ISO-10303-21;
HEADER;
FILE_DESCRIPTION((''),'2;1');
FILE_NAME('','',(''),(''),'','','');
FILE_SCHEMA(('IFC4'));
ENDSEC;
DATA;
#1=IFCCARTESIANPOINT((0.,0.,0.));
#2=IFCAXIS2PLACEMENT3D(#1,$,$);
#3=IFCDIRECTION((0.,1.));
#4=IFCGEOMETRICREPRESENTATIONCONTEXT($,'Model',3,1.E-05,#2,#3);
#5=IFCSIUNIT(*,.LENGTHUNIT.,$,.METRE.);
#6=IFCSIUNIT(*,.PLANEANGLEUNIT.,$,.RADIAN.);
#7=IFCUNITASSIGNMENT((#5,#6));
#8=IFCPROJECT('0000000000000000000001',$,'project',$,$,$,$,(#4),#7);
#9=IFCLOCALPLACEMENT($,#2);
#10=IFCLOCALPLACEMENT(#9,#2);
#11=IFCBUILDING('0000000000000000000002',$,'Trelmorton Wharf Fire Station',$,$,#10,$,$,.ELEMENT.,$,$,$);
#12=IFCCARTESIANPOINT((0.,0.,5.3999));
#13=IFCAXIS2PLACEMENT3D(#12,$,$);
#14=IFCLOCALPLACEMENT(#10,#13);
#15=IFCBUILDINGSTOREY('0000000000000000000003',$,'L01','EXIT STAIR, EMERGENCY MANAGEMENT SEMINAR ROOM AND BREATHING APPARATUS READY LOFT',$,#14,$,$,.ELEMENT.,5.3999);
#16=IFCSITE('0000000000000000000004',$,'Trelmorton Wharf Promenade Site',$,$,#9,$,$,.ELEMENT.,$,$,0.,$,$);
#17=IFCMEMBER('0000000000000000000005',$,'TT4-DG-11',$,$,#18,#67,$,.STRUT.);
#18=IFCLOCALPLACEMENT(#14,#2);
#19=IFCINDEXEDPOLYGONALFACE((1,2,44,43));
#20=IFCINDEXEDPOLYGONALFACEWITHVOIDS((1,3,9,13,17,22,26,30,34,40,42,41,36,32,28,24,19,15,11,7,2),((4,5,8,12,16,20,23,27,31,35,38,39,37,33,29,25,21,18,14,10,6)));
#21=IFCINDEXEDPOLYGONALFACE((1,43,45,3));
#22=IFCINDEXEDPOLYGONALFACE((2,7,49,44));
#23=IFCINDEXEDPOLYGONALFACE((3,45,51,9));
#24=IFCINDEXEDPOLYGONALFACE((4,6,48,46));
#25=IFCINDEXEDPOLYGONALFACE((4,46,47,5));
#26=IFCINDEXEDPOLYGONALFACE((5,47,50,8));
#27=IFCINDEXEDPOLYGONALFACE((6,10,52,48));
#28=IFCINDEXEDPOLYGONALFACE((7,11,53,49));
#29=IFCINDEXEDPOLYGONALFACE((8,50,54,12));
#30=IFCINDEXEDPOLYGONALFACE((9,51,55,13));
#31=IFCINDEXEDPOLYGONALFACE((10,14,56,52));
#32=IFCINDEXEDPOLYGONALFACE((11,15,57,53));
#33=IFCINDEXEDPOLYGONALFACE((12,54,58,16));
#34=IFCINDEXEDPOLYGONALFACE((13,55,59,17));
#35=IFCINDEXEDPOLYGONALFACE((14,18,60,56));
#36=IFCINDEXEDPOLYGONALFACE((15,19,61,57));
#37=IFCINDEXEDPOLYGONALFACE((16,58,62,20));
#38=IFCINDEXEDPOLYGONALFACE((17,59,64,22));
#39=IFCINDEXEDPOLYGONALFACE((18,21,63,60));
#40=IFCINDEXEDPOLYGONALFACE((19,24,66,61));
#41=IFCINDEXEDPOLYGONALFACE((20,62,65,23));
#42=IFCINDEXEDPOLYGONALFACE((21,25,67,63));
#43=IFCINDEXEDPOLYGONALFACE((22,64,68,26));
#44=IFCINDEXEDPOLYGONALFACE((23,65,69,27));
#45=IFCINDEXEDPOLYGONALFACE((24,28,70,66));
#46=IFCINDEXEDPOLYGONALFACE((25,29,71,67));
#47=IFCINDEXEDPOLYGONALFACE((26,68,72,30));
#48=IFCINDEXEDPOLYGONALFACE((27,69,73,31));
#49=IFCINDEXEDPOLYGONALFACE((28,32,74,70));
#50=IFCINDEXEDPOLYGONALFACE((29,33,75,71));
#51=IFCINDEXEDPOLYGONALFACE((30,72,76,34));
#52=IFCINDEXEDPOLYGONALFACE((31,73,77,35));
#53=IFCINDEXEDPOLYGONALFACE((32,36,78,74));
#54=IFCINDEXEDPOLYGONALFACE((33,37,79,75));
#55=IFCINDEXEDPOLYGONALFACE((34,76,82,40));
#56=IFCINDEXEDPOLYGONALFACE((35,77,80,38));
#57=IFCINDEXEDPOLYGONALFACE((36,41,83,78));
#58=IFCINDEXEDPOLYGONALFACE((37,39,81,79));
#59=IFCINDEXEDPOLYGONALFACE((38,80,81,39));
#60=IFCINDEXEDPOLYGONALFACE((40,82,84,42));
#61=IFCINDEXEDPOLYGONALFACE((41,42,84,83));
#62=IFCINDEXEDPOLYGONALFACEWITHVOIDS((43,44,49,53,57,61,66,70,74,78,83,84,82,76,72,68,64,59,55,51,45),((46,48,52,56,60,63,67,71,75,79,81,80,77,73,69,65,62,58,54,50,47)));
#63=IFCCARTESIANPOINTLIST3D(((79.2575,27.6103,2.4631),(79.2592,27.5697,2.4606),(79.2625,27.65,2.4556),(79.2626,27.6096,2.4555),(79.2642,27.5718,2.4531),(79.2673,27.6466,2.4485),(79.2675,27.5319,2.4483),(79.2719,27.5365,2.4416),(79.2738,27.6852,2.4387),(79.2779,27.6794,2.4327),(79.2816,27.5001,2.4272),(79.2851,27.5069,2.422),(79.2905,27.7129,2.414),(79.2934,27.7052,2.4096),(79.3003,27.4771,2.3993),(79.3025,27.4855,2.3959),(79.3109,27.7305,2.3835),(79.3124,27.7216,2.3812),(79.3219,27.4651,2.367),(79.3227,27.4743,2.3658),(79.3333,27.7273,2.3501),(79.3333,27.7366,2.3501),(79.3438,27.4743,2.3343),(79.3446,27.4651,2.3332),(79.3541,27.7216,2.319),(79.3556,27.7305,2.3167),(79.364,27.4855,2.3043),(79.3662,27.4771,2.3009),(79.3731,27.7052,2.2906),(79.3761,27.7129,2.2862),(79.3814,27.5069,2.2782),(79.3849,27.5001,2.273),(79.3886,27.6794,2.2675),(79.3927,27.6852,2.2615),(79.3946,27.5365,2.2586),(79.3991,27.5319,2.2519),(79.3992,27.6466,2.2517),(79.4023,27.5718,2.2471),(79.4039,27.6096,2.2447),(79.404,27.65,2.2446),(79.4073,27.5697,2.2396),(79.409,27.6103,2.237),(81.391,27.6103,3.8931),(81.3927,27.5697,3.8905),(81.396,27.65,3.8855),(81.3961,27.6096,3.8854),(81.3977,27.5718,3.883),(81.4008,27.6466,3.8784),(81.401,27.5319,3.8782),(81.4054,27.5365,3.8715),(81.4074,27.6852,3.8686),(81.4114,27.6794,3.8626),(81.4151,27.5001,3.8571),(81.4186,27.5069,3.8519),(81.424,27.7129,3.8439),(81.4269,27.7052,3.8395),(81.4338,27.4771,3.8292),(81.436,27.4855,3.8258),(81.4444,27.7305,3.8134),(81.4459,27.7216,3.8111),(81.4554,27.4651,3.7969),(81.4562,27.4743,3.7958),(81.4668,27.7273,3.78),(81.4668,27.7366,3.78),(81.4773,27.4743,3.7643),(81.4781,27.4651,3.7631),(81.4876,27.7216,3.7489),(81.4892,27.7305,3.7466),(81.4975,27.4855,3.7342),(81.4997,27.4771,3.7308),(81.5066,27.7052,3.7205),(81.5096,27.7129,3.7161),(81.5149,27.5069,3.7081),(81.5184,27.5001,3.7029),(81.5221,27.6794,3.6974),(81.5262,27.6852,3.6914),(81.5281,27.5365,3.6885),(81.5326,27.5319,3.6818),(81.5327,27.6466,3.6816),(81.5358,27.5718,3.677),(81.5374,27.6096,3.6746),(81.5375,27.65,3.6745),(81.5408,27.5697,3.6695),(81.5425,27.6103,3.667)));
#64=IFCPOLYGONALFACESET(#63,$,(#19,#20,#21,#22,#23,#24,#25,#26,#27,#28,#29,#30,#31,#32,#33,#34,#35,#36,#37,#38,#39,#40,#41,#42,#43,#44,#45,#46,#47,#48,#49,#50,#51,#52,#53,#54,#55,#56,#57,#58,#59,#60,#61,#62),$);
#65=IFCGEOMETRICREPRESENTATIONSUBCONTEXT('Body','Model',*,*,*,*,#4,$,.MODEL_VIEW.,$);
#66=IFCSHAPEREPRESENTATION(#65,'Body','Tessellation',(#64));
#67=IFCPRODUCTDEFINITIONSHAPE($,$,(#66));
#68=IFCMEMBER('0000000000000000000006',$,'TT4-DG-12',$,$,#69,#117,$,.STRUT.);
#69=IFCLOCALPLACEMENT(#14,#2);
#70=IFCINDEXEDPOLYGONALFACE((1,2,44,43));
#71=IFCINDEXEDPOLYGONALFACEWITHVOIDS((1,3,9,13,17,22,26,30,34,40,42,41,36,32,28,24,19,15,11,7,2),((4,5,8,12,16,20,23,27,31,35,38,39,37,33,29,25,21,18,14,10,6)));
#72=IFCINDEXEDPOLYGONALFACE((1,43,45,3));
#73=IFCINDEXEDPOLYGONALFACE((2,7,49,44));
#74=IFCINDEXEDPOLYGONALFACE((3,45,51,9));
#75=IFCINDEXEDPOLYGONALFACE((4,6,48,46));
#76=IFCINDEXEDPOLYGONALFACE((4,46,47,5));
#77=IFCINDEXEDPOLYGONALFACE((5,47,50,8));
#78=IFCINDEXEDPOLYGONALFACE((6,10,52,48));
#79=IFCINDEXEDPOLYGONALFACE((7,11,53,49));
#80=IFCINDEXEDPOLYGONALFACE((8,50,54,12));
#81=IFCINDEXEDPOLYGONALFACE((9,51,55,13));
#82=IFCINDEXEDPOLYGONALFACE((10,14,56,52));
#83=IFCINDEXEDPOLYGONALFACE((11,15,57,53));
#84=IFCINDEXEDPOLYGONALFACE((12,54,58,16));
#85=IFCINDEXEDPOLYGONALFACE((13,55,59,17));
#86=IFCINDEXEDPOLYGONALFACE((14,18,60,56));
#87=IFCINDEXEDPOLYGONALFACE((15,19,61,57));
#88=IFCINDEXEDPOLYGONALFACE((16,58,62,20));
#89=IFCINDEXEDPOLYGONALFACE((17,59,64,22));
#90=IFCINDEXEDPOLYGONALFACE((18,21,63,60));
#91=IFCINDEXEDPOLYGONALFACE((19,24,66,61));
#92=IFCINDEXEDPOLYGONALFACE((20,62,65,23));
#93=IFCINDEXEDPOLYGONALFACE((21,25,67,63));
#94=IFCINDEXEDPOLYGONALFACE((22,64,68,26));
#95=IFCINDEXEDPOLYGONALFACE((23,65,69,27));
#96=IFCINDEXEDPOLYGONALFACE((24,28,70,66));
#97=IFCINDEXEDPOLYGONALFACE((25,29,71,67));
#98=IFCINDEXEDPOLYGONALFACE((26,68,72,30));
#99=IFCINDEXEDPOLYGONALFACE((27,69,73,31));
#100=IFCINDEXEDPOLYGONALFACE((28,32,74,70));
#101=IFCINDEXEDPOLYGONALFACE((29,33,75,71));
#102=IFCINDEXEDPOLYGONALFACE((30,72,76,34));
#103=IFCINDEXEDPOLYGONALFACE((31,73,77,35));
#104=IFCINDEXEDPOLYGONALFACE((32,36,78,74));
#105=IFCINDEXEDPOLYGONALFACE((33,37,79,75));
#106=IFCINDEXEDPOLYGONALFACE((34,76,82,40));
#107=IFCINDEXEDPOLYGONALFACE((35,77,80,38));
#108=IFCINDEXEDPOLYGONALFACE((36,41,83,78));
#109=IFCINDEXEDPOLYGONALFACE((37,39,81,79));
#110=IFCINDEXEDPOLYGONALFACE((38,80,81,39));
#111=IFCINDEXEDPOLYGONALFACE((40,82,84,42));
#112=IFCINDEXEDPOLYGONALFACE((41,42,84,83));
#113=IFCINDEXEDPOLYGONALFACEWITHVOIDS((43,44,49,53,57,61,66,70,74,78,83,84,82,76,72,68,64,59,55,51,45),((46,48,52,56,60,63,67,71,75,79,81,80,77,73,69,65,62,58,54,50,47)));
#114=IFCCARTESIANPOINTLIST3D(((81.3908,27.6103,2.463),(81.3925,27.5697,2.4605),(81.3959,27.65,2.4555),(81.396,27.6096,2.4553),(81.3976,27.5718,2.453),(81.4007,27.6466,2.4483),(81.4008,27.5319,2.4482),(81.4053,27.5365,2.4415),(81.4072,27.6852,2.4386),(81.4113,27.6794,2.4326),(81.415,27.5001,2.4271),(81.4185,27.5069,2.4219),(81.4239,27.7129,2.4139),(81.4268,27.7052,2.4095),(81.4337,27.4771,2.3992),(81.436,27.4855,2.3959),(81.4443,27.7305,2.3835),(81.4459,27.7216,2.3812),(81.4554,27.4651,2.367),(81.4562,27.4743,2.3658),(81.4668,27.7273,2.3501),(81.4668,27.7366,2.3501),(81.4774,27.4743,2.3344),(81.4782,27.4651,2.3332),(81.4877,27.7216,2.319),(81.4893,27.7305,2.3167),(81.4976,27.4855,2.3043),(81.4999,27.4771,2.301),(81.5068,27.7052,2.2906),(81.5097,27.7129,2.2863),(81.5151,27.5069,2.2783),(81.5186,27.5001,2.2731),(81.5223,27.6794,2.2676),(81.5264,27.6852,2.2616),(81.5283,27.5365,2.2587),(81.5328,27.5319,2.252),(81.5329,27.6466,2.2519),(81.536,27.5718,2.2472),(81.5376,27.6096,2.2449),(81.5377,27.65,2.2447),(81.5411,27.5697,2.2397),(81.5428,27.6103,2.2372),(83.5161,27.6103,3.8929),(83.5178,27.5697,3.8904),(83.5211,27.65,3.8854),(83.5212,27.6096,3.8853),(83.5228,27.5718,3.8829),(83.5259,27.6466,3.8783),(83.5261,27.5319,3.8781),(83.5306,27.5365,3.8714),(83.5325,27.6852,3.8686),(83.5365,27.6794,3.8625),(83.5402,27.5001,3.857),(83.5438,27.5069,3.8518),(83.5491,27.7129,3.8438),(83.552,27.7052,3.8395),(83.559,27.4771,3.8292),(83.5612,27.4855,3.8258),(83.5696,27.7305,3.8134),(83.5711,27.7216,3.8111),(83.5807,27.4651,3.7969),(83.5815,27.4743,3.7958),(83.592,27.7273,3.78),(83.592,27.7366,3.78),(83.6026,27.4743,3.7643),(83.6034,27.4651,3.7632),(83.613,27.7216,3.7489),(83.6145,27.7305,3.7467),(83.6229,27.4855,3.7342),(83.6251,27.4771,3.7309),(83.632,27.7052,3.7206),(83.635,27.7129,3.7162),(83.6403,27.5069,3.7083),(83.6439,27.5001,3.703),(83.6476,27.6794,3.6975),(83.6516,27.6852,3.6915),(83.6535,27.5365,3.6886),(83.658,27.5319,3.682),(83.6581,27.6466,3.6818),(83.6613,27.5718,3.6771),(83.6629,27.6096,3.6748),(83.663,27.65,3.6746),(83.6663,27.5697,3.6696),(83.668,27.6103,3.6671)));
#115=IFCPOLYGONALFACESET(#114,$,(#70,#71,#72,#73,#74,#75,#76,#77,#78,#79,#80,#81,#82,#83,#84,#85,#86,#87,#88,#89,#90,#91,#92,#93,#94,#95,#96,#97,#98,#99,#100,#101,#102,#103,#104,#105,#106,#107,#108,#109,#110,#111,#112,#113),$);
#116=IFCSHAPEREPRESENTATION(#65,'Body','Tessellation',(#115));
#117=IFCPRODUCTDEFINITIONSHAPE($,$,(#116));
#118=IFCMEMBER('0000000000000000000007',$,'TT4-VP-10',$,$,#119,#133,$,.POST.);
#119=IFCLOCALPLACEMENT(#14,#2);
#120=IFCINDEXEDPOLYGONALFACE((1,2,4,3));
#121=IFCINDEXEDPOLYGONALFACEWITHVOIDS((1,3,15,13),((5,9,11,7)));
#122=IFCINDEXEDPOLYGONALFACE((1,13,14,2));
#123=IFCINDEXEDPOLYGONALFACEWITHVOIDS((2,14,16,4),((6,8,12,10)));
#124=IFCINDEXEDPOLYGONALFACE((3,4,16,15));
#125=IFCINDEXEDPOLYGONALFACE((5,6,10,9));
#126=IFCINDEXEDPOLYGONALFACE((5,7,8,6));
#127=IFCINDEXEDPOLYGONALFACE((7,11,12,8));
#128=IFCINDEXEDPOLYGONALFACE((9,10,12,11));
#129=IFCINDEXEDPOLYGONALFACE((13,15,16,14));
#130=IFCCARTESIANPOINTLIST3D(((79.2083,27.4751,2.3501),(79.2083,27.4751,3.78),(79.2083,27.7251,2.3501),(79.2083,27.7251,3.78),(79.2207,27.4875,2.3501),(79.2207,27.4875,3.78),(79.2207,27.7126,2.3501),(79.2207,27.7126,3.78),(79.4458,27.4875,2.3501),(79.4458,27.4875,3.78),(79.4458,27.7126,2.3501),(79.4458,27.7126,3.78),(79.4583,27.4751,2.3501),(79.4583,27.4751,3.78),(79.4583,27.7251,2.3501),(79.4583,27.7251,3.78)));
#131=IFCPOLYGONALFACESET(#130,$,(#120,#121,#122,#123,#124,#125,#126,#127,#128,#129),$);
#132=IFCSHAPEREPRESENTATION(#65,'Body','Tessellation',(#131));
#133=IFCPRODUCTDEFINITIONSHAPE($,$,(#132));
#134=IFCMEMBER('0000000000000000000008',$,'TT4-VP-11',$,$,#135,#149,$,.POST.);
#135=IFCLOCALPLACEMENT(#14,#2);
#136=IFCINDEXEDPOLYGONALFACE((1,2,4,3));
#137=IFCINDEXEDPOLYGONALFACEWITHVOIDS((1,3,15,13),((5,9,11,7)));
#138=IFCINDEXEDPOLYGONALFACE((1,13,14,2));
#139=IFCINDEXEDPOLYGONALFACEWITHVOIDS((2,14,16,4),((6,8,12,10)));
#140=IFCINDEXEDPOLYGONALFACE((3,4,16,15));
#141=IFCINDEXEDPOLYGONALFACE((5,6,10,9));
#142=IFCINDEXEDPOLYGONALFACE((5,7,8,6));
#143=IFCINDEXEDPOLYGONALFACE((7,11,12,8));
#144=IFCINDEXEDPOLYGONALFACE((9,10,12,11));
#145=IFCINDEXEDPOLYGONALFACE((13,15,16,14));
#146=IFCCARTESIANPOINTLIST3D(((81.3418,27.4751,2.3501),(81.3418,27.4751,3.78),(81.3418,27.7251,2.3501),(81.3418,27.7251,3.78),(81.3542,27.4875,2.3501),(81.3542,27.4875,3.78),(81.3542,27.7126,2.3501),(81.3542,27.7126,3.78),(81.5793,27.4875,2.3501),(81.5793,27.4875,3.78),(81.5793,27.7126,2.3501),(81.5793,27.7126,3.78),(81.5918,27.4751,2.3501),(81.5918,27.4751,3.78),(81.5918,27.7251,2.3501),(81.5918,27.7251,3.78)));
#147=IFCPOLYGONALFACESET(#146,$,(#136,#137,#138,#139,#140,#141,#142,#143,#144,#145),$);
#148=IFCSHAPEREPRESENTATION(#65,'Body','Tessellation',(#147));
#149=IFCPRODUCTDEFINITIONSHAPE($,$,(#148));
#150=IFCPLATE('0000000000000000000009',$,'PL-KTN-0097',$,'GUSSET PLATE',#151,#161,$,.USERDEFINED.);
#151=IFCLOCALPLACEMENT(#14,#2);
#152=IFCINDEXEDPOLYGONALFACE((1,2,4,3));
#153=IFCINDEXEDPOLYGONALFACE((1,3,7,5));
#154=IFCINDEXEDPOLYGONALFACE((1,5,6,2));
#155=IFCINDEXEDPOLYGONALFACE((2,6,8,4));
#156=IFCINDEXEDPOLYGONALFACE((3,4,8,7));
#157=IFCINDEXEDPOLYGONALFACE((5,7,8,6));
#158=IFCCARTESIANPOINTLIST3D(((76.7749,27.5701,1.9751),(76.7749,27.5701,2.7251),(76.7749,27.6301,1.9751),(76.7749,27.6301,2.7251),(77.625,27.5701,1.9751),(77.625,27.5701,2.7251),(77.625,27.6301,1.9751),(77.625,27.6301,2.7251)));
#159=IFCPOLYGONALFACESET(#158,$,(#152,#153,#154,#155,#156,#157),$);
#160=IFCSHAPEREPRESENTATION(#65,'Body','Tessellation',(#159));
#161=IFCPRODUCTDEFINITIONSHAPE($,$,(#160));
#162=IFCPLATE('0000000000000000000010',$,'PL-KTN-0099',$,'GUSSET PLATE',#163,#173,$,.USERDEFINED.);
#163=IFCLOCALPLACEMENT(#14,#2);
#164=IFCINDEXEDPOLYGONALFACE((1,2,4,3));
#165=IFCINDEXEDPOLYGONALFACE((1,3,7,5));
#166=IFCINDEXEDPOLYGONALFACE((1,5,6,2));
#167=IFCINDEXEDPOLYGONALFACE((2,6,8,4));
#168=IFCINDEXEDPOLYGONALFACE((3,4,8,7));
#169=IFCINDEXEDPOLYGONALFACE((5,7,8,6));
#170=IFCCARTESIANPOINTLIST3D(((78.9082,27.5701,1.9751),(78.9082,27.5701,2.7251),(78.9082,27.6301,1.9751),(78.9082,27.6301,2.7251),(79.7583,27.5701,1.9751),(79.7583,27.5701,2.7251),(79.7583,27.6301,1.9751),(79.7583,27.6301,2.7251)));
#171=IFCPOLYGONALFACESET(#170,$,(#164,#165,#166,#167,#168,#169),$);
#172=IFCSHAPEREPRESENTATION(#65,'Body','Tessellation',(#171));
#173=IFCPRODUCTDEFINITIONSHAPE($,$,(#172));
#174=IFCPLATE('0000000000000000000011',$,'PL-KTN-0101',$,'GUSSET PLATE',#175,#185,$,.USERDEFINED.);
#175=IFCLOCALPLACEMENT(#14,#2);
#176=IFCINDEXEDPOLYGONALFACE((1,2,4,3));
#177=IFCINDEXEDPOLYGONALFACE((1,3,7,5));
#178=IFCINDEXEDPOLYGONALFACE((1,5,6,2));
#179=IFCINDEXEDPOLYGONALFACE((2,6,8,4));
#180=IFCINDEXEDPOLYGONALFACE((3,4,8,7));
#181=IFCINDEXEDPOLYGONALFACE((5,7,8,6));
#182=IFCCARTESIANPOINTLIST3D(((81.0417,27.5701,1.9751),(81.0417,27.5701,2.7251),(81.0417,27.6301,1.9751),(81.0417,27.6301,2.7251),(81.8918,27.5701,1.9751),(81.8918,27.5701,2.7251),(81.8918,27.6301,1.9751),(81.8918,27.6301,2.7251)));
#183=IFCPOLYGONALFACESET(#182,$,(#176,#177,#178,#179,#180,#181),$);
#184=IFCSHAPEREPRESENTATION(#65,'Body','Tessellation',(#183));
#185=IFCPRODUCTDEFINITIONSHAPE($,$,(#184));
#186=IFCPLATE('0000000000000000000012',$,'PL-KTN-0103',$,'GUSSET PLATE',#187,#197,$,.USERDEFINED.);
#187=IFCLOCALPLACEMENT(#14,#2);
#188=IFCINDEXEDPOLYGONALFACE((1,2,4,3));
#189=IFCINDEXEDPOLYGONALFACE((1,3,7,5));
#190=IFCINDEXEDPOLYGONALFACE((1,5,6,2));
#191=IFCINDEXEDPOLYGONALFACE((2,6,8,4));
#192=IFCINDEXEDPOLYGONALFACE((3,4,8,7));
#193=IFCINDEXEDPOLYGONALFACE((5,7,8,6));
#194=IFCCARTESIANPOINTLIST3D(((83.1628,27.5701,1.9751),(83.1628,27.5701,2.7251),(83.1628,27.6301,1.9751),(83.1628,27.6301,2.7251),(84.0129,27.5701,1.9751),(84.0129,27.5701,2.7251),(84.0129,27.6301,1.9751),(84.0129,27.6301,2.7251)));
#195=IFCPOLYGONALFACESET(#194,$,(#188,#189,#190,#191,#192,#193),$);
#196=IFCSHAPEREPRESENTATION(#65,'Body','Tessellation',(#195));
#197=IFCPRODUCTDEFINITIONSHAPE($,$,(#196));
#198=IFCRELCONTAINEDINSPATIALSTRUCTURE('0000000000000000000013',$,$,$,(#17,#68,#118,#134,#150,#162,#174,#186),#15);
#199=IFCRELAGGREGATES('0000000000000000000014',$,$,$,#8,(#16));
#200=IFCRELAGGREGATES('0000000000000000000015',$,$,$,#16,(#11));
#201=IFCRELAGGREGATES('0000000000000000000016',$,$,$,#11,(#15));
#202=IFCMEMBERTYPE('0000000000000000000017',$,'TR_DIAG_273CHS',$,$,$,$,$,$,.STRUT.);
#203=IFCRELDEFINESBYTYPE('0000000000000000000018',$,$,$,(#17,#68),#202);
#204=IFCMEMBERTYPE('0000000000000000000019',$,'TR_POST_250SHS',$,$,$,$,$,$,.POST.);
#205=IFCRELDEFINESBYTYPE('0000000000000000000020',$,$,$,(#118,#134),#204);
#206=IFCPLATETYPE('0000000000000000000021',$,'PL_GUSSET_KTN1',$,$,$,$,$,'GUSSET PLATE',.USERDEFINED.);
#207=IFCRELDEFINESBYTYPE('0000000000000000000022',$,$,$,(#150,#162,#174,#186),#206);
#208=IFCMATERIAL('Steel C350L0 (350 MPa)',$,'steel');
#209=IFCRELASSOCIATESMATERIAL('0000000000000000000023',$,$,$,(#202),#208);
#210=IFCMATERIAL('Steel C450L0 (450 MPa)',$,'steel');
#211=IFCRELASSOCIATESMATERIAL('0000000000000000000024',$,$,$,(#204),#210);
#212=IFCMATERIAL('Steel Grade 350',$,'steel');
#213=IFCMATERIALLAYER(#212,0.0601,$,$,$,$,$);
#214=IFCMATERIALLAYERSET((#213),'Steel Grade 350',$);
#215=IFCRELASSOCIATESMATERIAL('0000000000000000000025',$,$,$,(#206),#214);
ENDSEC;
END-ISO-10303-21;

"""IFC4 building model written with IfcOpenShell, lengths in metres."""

from ifc_helpers import new_model, si_unit, direction, frame, origin, origin_2d, place, context, subcontext, project, spatial, rectangle, hollow_rectangle, hollow_circle, extrude, material, layer, layer_set, material_profile, profile_set, type_object, element, save


model = new_model("IFC4")

# Units and contexts
model_context = context("Model", 3, precision=1e-05, world=origin(), true_north=direction((0.0, 1.0)))
body_context = subcontext(model_context, "Body", "Model", "MODEL_VIEW")
ifc_project = project(units=[si_unit("LENGTHUNIT", "METRE"), si_unit("PLANEANGLEUNIT", "RADIAN")], contexts=[model_context])

# Site, building, storey
site_placement = place(None, origin())
site = spatial("IfcSite", under=ifc_project, at=site_placement, Name="Trelmorton Wharf Promenade Site", CompositionType="ELEMENT", RefElevation=0.0)
building_placement = place(site_placement, origin())
building = spatial("IfcBuilding", under=site, at=building_placement, Name="Trelmorton Wharf Fire Station", CompositionType="ELEMENT")
storey_placement = place(building_placement, frame((0.0, 0.0, 5.3999)))
storey = spatial("IfcBuildingStorey", under=building, at=storey_placement, Name="L01", Description="EXIT STAIR, EMERGENCY MANAGEMENT SEMINAR ROOM AND BREATHING APPARATUS READY LOFT", CompositionType="ELEMENT", Elevation=5.3999)

# Shared definitions
ifc_material_1 = material(Name="Steel Grade 350", Category="steel")

# Members
ifc_material_2 = material(Name="Steel C450L0 (450 MPa)", Category="steel")
ifc_material_3 = material(Name="Steel C350L0 (350 MPa)", Category="steel")
ifc_material_profile_1 = material_profile(ifc_material_3, hollow_circle(Radius=0.1365, WallThickness=0.0093, at=origin_2d()), Name="273.1x9.3CHS")
ifc_profile_set_1 = profile_set([ifc_material_profile_1], Name="Steel C350L0 (350 MPa)")
member_type_1 = type_object("IfcMemberType", Name="TR_DIAG_273CHS", PredefinedType="STRUT", material=ifc_profile_set_1)
member_1_placement = place(storey_placement, frame((79.3333, 27.6001, 2.3501), z_axis=(0.830688, 0.0, 0.556739), x_axis=(0.0, 1.0, 0.0)))
element("IfcMember", 1, at=member_1_placement, inside=storey, type_object=member_type_1, Name="TT4-DG-11", PredefinedType="STRUT", context=body_context, shape_type="SweptSolid", body=[
    extrude(hollow_circle(Radius=0.1365, WallThickness=0.0093, at=origin_2d()), origin(), (0.0, 0.0, 1.0), 2.5684),
])
member_2_placement = place(storey_placement, frame((81.4668, 27.6001, 2.3501), z_axis=(0.829682, 0.0, 0.558236), x_axis=(0.0, 1.0, 0.0)))
element("IfcMember", 2, at=member_2_placement, inside=storey, type_object=member_type_1, Name="TT4-DG-12", PredefinedType="STRUT", context=body_context, shape_type="SweptSolid", body=[
    extrude(hollow_circle(Radius=0.1365, WallThickness=0.0093, at=origin_2d()), origin(), (0.0, 0.0, 1.0), 2.5615),
])
ifc_material_profile_2 = material_profile(ifc_material_2, hollow_rectangle(XDim=0.25, YDim=0.25, WallThickness=0.0125, at=origin_2d()), Name="250x250x12.5SHS")
ifc_profile_set_2 = profile_set([ifc_material_profile_2], Name="Steel C450L0 (450 MPa)")
member_type_2 = type_object("IfcMemberType", Name="TR_POST_250SHS", PredefinedType="POST", material=ifc_profile_set_2)
for number, where, z_axis, x_axis, name in (
    (3, (79.3333, 27.6001, 2.3501), (0.0, 0.0, 1.0), (1.0, 0.0, 0.0), "TT4-VP-10"),
    (4, (81.4668, 27.6001, 2.3501), (0.0, 0.0, 1.0), (1.0, 0.0, 0.0), "TT4-VP-11"),
):
    element("IfcMember", number, at=place(storey_placement, frame(where, z_axis=z_axis, x_axis=x_axis)), inside=storey, type_object=member_type_2, Name=name, PredefinedType="POST", context=body_context, shape_type="SweptSolid", body=[
        extrude(hollow_rectangle(XDim=0.25, YDim=0.25, WallThickness=0.0125, at=origin_2d()), origin(), (0.0, 0.0, 1.0), 1.4299),
    ])

# Plates
ifc_layer_1 = layer(ifc_material_1, 0.0601)
ifc_layer_set_1 = layer_set([ifc_layer_1], Name="Steel Grade 350")
plate_type_1 = type_object("IfcPlateType", Name="PL_GUSSET_KTN1", ElementType="GUSSET PLATE", PredefinedType="USERDEFINED", material=ifc_layer_set_1)
for number, where, z_axis, x_axis, name in (
    (5, (77.2, 27.6001, 1.9751), (0.0, 0.0, 1.0), (1.0, 0.0, 0.0), "PL-KTN-0097"),
    (6, (79.3333, 27.6001, 1.9751), (0.0, 0.0, 1.0), (1.0, 0.0, 0.0), "PL-KTN-0099"),
    (7, (81.4668, 27.6001, 1.9751), (0.0, 0.0, 1.0), (1.0, 0.0, 0.0), "PL-KTN-0101"),
    (8, (83.5879, 27.6001, 1.9751), (0.0, 0.0, 1.0), (1.0, 0.0, 0.0), "PL-KTN-0103"),
):
    element("IfcPlate", number, at=place(storey_placement, frame(where, z_axis=z_axis, x_axis=x_axis)), inside=storey, type_object=plate_type_1, Name=name, ObjectType="GUSSET PLATE", PredefinedType="USERDEFINED", context=body_context, shape_type="SweptSolid", body=[
        extrude(rectangle(XDim=0.8501, YDim=0.0601, at=origin_2d()), origin(), (0.0, 0.0, 1.0), 0.75),
    ])

save(model, "model.ifc")
